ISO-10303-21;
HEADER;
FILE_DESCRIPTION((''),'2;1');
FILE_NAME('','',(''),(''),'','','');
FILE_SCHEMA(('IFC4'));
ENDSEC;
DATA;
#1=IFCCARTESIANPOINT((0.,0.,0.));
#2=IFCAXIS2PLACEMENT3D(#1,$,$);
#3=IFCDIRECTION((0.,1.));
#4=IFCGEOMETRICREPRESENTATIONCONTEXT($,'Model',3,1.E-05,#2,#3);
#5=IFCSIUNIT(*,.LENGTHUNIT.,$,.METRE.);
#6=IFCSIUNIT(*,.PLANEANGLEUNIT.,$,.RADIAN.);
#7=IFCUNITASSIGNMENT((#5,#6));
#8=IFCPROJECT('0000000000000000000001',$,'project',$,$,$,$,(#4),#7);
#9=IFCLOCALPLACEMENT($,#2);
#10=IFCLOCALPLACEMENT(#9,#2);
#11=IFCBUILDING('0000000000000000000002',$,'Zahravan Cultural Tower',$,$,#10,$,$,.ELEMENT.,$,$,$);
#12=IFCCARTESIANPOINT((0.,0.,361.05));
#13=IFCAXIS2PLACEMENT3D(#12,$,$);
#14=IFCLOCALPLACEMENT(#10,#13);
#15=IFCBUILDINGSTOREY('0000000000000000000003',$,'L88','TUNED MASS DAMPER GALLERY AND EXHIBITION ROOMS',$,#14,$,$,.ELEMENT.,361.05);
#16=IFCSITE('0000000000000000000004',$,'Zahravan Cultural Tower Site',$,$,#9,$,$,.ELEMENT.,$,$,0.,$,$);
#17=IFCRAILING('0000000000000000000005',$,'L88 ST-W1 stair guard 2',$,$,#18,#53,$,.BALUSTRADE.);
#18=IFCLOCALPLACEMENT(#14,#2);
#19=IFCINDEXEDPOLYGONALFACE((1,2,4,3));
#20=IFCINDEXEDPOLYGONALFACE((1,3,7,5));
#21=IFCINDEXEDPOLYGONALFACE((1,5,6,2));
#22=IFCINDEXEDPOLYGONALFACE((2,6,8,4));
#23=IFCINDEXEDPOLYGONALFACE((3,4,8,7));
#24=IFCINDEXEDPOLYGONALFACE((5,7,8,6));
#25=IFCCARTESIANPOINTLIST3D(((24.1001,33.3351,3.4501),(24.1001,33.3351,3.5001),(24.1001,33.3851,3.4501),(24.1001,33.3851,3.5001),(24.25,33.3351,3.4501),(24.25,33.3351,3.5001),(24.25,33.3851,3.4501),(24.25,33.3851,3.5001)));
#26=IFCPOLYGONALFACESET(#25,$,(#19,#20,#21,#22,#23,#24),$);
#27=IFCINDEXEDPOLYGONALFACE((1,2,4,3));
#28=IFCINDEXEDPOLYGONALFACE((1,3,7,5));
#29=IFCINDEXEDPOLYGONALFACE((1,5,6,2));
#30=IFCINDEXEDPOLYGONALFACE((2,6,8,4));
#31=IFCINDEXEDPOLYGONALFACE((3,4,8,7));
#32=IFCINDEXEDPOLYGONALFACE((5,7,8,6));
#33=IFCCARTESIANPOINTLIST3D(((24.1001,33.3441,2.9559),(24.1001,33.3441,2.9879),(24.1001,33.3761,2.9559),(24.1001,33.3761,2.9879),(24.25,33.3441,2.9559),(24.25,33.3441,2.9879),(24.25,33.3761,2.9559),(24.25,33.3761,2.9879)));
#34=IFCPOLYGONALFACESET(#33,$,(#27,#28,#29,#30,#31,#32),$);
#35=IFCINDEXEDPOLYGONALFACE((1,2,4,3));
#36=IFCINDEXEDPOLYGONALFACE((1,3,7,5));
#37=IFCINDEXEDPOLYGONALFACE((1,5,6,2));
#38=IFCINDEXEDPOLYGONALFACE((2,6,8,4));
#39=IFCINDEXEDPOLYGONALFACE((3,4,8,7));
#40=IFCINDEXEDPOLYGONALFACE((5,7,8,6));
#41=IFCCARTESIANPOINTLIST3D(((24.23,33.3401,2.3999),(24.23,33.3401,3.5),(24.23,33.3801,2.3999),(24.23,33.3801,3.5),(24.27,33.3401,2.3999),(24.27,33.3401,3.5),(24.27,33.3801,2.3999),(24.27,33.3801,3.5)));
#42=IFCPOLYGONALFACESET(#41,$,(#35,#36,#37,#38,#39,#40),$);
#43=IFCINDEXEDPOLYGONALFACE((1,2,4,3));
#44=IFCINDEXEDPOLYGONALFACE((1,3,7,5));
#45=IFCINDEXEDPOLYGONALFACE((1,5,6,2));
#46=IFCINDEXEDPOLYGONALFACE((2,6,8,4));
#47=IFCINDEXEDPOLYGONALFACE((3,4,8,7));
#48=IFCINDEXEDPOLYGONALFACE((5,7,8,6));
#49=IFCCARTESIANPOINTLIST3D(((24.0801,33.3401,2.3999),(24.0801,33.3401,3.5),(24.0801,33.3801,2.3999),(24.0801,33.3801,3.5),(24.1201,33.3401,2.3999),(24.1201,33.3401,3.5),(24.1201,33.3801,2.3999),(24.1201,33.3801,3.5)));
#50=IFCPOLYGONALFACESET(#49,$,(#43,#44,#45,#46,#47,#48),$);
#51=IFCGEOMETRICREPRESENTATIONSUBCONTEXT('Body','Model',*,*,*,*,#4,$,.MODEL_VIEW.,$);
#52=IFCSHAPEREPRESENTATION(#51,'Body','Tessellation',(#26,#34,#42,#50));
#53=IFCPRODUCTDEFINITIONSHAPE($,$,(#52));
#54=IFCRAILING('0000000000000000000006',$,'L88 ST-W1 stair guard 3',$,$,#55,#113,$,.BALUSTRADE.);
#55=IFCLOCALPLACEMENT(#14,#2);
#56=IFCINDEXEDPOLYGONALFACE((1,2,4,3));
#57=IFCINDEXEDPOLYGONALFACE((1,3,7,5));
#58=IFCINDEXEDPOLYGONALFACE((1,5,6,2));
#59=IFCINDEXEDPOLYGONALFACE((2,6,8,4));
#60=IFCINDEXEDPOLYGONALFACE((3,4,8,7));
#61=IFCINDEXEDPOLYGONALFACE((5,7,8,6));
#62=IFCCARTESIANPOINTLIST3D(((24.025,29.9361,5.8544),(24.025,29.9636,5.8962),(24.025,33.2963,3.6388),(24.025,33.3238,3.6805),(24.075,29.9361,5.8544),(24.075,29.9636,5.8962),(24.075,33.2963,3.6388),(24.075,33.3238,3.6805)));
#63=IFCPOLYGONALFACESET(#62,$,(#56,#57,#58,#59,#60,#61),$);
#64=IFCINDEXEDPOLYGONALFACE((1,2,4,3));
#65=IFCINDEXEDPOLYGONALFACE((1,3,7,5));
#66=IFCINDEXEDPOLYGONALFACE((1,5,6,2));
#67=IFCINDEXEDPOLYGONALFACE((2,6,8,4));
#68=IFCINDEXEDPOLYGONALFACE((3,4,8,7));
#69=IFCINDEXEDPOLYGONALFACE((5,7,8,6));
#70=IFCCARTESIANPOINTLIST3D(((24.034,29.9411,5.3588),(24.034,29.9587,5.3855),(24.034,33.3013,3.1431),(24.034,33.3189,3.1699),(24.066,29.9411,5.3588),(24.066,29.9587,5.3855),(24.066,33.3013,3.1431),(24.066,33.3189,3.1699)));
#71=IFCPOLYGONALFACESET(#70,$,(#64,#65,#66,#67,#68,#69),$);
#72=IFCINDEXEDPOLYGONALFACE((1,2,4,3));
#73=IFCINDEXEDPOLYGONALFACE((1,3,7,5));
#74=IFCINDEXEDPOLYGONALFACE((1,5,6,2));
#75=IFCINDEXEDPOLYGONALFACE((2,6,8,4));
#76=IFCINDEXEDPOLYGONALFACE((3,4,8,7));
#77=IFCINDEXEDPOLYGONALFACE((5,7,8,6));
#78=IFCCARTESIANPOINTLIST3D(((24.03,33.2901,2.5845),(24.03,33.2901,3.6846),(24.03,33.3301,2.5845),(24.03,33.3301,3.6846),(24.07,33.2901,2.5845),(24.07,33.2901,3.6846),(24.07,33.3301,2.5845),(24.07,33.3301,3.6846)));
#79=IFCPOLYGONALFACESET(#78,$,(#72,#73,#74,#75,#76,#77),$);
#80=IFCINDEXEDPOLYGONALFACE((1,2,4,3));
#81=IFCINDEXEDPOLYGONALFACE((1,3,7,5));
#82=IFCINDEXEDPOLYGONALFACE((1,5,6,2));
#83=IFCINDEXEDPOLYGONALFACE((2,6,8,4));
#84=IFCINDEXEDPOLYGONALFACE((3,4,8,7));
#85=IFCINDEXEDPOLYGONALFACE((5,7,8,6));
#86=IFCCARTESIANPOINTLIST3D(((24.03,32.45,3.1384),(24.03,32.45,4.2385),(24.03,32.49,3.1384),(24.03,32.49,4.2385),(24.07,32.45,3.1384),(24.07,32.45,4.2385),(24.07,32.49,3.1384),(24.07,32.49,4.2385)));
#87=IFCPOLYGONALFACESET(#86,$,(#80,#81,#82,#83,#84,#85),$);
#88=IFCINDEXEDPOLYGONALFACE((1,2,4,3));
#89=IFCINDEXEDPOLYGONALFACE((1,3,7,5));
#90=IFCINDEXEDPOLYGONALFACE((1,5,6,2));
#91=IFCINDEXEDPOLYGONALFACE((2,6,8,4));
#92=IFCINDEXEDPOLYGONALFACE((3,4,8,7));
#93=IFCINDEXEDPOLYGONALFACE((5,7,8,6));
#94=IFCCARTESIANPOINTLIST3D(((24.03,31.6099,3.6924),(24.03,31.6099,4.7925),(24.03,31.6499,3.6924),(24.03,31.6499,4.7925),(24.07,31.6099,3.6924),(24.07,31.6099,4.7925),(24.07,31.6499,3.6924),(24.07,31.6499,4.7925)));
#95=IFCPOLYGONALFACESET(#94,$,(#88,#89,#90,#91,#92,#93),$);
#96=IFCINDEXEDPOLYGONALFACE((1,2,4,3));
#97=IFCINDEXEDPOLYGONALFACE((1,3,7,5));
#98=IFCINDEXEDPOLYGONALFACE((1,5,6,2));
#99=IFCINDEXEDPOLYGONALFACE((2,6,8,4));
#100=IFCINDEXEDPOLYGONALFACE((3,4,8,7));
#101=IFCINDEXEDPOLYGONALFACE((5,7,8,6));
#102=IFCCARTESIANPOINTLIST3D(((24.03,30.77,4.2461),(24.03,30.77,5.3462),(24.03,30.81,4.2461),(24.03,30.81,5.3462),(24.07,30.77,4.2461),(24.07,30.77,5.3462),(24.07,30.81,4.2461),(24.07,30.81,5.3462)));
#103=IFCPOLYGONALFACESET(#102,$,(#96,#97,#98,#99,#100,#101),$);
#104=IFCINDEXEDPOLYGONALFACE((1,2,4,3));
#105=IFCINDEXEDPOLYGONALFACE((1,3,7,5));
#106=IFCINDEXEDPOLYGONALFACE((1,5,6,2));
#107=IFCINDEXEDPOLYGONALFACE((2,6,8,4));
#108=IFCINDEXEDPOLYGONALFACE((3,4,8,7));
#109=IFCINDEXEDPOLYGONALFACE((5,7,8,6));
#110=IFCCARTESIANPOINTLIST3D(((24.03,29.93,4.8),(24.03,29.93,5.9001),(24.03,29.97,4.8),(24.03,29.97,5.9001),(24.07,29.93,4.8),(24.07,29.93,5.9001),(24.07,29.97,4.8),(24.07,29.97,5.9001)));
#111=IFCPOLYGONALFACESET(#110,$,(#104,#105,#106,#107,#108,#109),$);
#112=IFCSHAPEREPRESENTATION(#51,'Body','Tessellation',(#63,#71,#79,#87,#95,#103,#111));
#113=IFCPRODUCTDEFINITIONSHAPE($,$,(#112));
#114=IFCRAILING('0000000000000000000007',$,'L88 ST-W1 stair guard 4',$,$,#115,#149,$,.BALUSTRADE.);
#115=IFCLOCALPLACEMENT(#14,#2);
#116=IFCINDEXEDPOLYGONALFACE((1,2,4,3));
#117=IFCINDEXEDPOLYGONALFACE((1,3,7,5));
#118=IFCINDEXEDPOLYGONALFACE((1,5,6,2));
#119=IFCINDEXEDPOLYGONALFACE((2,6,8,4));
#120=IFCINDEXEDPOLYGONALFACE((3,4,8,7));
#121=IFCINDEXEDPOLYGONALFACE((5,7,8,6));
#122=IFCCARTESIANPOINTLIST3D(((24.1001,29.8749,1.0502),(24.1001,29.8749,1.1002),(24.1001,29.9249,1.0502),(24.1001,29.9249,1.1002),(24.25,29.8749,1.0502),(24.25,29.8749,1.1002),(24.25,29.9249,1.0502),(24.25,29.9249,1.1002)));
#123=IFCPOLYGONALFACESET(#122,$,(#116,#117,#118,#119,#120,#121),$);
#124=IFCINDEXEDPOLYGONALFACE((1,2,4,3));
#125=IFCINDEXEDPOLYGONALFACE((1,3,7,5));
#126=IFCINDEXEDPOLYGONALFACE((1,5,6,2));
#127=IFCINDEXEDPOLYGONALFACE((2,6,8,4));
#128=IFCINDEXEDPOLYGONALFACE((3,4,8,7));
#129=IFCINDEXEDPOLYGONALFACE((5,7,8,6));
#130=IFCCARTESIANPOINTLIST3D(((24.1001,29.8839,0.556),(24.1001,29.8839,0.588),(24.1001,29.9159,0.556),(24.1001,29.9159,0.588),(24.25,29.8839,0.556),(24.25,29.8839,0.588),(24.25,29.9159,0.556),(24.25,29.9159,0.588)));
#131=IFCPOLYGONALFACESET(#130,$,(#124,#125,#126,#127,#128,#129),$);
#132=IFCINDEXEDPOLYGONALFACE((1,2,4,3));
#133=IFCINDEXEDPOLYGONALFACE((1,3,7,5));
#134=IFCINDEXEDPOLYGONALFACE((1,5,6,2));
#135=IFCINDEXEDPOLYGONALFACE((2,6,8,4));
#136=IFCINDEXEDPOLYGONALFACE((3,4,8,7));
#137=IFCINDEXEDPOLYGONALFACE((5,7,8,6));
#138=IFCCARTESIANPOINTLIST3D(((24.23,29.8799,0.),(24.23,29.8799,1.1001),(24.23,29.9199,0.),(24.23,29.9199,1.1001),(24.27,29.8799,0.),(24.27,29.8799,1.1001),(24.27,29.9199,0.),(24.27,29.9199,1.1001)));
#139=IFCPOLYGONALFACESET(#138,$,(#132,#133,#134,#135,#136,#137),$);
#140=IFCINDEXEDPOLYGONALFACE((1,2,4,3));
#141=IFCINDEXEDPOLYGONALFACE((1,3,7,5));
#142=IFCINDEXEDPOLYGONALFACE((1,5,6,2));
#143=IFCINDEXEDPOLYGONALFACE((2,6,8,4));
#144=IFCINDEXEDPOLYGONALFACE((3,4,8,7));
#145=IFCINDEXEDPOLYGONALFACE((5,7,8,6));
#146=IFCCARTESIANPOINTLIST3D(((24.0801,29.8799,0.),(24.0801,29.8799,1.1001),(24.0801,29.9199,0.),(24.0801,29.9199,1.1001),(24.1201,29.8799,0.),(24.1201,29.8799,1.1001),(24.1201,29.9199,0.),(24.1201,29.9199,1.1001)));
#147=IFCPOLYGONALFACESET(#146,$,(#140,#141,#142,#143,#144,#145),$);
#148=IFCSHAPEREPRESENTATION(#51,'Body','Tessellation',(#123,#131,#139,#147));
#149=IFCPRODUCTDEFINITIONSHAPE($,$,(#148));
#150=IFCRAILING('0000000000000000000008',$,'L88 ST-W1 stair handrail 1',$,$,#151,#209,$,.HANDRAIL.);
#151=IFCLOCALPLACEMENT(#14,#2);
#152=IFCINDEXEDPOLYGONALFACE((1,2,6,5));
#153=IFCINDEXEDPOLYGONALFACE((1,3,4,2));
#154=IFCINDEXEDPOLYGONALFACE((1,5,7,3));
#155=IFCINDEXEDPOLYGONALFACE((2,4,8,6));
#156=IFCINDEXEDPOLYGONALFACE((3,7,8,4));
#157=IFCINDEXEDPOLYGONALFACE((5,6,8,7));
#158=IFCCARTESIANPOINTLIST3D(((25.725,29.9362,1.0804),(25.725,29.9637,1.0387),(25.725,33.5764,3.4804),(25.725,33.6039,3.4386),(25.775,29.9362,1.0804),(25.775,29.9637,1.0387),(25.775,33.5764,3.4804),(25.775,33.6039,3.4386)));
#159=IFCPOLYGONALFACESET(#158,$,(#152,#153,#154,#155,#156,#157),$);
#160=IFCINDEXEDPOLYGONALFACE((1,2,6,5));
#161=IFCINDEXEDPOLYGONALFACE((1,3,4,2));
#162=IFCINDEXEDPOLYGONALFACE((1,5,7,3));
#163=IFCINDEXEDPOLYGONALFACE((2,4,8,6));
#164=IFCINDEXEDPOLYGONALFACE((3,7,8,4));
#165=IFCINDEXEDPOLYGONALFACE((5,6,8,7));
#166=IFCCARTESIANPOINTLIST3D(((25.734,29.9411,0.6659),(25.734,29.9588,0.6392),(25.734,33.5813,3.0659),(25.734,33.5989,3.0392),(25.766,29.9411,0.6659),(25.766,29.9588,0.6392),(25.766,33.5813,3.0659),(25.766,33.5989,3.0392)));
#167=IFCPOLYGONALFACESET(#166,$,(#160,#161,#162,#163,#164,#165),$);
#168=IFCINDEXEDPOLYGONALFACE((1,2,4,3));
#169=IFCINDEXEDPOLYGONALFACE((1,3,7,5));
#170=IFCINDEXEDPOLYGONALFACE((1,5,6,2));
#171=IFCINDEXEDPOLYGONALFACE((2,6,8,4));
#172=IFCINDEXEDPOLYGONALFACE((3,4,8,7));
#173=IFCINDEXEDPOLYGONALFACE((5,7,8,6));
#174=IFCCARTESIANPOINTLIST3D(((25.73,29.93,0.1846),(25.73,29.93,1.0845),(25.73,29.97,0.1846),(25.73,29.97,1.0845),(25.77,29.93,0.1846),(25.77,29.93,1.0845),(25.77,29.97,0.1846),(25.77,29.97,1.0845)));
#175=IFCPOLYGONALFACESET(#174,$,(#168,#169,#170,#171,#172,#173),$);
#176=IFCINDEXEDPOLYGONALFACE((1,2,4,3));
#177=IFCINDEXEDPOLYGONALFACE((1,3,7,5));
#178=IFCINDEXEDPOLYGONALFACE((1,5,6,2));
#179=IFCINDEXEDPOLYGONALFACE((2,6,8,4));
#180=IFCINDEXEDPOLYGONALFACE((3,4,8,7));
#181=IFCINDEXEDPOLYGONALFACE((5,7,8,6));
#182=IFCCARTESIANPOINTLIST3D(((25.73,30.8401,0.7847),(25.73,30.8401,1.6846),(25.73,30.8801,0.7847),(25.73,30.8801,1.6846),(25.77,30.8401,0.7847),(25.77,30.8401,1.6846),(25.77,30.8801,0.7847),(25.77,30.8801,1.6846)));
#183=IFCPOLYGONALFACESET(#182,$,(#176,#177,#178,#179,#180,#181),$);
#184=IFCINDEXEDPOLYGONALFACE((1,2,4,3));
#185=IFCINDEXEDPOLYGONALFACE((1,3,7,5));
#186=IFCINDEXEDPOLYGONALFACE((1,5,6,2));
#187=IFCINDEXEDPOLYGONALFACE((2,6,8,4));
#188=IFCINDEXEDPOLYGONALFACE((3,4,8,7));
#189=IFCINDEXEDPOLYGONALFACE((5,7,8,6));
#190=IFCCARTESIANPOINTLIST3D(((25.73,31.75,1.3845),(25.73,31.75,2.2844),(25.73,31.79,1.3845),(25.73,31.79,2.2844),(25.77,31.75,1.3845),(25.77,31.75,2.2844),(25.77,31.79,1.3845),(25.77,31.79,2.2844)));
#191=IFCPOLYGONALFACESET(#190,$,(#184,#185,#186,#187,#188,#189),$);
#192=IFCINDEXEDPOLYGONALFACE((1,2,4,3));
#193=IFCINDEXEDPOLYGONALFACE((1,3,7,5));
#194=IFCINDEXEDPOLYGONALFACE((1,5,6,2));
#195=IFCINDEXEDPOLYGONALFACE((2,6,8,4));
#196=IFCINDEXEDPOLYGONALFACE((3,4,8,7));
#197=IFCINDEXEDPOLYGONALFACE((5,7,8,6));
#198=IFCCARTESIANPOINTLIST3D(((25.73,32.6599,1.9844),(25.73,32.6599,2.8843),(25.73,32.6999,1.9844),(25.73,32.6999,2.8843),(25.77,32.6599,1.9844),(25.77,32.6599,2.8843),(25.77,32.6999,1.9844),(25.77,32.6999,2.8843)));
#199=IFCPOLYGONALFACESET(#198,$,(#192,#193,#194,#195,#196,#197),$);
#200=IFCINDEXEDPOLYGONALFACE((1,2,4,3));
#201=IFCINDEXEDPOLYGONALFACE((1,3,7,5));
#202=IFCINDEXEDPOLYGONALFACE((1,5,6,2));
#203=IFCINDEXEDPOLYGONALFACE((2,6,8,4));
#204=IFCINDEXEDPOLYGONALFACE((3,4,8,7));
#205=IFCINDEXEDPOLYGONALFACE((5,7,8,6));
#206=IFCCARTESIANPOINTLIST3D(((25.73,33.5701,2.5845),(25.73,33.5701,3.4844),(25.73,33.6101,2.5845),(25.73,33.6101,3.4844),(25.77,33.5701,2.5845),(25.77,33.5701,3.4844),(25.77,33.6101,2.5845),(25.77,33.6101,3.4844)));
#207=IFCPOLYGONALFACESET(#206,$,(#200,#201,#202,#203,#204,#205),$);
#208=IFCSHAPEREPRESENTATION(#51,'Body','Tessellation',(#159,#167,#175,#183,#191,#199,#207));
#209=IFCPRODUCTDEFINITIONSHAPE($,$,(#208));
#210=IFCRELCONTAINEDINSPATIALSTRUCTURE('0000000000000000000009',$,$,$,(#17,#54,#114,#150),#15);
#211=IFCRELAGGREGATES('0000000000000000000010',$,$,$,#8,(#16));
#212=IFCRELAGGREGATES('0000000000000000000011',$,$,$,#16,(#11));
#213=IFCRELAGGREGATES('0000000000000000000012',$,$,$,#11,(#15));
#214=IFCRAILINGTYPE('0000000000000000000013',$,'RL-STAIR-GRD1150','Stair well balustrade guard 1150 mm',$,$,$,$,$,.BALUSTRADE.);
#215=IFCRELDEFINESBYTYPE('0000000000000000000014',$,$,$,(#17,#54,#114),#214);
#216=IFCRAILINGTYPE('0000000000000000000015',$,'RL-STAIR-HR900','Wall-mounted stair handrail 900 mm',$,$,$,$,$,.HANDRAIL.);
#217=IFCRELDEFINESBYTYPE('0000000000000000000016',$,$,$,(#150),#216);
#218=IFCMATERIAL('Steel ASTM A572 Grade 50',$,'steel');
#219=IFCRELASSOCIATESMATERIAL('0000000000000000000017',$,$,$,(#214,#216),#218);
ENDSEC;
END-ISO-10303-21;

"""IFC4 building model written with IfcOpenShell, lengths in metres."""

from ifc_helpers import new_model, si_unit, direction, frame, origin, origin_2d, place, context, subcontext, project, spatial, rectangle, extrude, material, type_object, element, save


model = new_model("IFC4")

# Units and contexts
model_context = context("Model", 3, precision=1e-05, world=origin(), true_north=direction((0.0, 1.0)))
body_context = subcontext(model_context, "Body", "Model", "MODEL_VIEW")
ifc_project = project(units=[si_unit("LENGTHUNIT", "METRE"), si_unit("PLANEANGLEUNIT", "RADIAN")], contexts=[model_context])

# Site, building, storey
site_placement = place(None, origin())
site = spatial("IfcSite", under=ifc_project, at=site_placement, Name="Zahravan Cultural Tower Site", CompositionType="ELEMENT", RefElevation=0.0)
building_placement = place(site_placement, origin())
building = spatial("IfcBuilding", under=site, at=building_placement, Name="Zahravan Cultural Tower", CompositionType="ELEMENT")
storey_placement = place(building_placement, frame((0.0, 0.0, 361.05)))
storey = spatial("IfcBuildingStorey", under=building, at=storey_placement, Name="L88", Description="TUNED MASS DAMPER GALLERY AND EXHIBITION ROOMS", CompositionType="ELEMENT", Elevation=361.05)

# Shared definitions
ifc_material_1 = material(Name="Steel ASTM A572 Grade 50", Category="steel")

# Railings
railing_type_1 = type_object("IfcRailingType", Name="RL-STAIR-GRD1150", Description="Stair well balustrade guard 1150 mm", PredefinedType="BALUSTRADE", material=ifc_material_1)
railing_1_placement = place(storey_placement, frame((24.25, 33.3601, 2.3999)))
element("IfcRailing", 1, at=railing_1_placement, inside=storey, type_object=railing_type_1, Name="L88 ST-W1 stair guard 2", PredefinedType="BALUSTRADE", context=body_context, shape_type="SweptSolid", body=[
    extrude(rectangle(XDim=0.05, YDim=0.05, at=origin_2d()), frame((0.0, 0.0, 1.0752), z_axis=(-1.0, 0.0, 0.0), x_axis=(0.0, -1.0, 0.0)), (0.0, 0.0, 1.0), 0.1499),
    extrude(rectangle(XDim=0.032, YDim=0.032, at=origin_2d()), frame((0.0, 0.0, 0.572), z_axis=(-1.0, 0.0, 0.0), x_axis=(0.0, -1.0, 0.0)), (0.0, 0.0, 1.0), 0.1499),
    extrude(rectangle(XDim=0.04, YDim=0.04, at=origin_2d()), origin(), (0.0, 0.0, 1.0), 1.1001),
    extrude(rectangle(XDim=0.04, YDim=0.04, at=origin_2d()), frame((-0.1499, 0.0, 0.0)), (0.0, 0.0, 1.0), 1.1001),
])
railing_2_placement = place(storey_placement, frame((24.05, 33.3101, 2.5845)))
element("IfcRailing", 2, at=railing_2_placement, inside=storey, type_object=railing_type_1, Name="L88 ST-W1 stair guard 3", PredefinedType="BALUSTRADE", context=body_context, shape_type="SweptSolid", body=[
    extrude(rectangle(XDim=0.05, YDim=0.05, at=origin_2d()), frame((0.0, 0.0, 1.0752), z_axis=(0.0, -0.834849, 0.55048), x_axis=(1.0, 0.0, 0.0)), (0.0, 0.0, 1.0), 4.0249),
    extrude(rectangle(XDim=0.032, YDim=0.032, at=origin_2d()), frame((0.0, 0.0, 0.572), z_axis=(0.0, -0.834849, 0.55048), x_axis=(1.0, 0.0, 0.0)), (0.0, 0.0, 1.0), 4.0249),
    extrude(rectangle(XDim=0.04, YDim=0.04, at=origin_2d()), origin(), (0.0, 0.0, 1.0), 1.1001),
    extrude(rectangle(XDim=0.04, YDim=0.04, at=origin_2d()), frame((0.0, -0.8401, 0.554)), (0.0, 0.0, 1.0), 1.1001),
    extrude(rectangle(XDim=0.04, YDim=0.04, at=origin_2d()), frame((0.0, -1.6802, 1.1079)), (0.0, 0.0, 1.0), 1.1001),
    extrude(rectangle(XDim=0.04, YDim=0.04, at=origin_2d()), frame((0.0, -2.52, 1.6616)), (0.0, 0.0, 1.0), 1.1001),
    extrude(rectangle(XDim=0.04, YDim=0.04, at=origin_2d()), frame((0.0, -3.3601, 2.2156)), (0.0, 0.0, 1.0), 1.1001),
])
railing_3_placement = place(storey_placement, frame((24.25, 29.8999, 0.0)))
element("IfcRailing", 3, at=railing_3_placement, inside=storey, type_object=railing_type_1, Name="L88 ST-W1 stair guard 4", PredefinedType="BALUSTRADE", context=body_context, shape_type="SweptSolid", body=[
    extrude(rectangle(XDim=0.05, YDim=0.05, at=origin_2d()), frame((0.0, 0.0, 1.0752), z_axis=(-1.0, 0.0, 0.0), x_axis=(0.0, -1.0, 0.0)), (0.0, 0.0, 1.0), 0.1499),
    extrude(rectangle(XDim=0.032, YDim=0.032, at=origin_2d()), frame((0.0, 0.0, 0.572), z_axis=(-1.0, 0.0, 0.0), x_axis=(0.0, -1.0, 0.0)), (0.0, 0.0, 1.0), 0.1499),
    extrude(rectangle(XDim=0.04, YDim=0.04, at=origin_2d()), origin(), (0.0, 0.0, 1.0), 1.1001),
    extrude(rectangle(XDim=0.04, YDim=0.04, at=origin_2d()), frame((-0.1499, 0.0, 0.0)), (0.0, 0.0, 1.0), 1.1001),
])
railing_type_2 = type_object("IfcRailingType", Name="RL-STAIR-HR900", Description="Wall-mounted stair handrail 900 mm", PredefinedType="HANDRAIL", material=ifc_material_1)
railing_4_placement = place(storey_placement, frame((25.75, 29.95, 0.1846)))
element("IfcRailing", 4, at=railing_4_placement, inside=storey, type_object=railing_type_2, Name="L88 ST-W1 stair handrail 1", PredefinedType="HANDRAIL", context=body_context, shape_type="SweptSolid", body=[
    extrude(rectangle(XDim=0.05, YDim=0.05, at=origin_2d()), frame((0.0, 0.0, 0.875), z_axis=(0.0, 0.834882, 0.550429), x_axis=(-1.0, 0.0, 0.0)), (0.0, 0.0, 1.0), 4.3601),
    extrude(rectangle(XDim=0.032, YDim=0.032, at=origin_2d()), frame((0.0, 0.0, 0.468), z_axis=(0.0, 0.834882, 0.550429), x_axis=(-1.0, 0.0, 0.0)), (0.0, 0.0, 1.0), 4.3601),
    extrude(rectangle(XDim=0.04, YDim=0.04, at=origin_2d()), origin(), (0.0, 0.0, 1.0), 0.8999),
    extrude(rectangle(XDim=0.04, YDim=0.04, at=origin_2d()), frame((0.0, 0.9102, 0.6001)), (0.0, 0.0, 1.0), 0.8999),
    extrude(rectangle(XDim=0.04, YDim=0.04, at=origin_2d()), frame((0.0, 1.8201, 1.2)), (0.0, 0.0, 1.0), 0.8999),
    extrude(rectangle(XDim=0.04, YDim=0.04, at=origin_2d()), frame((0.0, 2.73, 1.7998)), (0.0, 0.0, 1.0), 0.8999),
    extrude(rectangle(XDim=0.04, YDim=0.04, at=origin_2d()), frame((0.0, 3.6401, 2.3999)), (0.0, 0.0, 1.0), 0.8999),
])

save(model, "model.ifc")
